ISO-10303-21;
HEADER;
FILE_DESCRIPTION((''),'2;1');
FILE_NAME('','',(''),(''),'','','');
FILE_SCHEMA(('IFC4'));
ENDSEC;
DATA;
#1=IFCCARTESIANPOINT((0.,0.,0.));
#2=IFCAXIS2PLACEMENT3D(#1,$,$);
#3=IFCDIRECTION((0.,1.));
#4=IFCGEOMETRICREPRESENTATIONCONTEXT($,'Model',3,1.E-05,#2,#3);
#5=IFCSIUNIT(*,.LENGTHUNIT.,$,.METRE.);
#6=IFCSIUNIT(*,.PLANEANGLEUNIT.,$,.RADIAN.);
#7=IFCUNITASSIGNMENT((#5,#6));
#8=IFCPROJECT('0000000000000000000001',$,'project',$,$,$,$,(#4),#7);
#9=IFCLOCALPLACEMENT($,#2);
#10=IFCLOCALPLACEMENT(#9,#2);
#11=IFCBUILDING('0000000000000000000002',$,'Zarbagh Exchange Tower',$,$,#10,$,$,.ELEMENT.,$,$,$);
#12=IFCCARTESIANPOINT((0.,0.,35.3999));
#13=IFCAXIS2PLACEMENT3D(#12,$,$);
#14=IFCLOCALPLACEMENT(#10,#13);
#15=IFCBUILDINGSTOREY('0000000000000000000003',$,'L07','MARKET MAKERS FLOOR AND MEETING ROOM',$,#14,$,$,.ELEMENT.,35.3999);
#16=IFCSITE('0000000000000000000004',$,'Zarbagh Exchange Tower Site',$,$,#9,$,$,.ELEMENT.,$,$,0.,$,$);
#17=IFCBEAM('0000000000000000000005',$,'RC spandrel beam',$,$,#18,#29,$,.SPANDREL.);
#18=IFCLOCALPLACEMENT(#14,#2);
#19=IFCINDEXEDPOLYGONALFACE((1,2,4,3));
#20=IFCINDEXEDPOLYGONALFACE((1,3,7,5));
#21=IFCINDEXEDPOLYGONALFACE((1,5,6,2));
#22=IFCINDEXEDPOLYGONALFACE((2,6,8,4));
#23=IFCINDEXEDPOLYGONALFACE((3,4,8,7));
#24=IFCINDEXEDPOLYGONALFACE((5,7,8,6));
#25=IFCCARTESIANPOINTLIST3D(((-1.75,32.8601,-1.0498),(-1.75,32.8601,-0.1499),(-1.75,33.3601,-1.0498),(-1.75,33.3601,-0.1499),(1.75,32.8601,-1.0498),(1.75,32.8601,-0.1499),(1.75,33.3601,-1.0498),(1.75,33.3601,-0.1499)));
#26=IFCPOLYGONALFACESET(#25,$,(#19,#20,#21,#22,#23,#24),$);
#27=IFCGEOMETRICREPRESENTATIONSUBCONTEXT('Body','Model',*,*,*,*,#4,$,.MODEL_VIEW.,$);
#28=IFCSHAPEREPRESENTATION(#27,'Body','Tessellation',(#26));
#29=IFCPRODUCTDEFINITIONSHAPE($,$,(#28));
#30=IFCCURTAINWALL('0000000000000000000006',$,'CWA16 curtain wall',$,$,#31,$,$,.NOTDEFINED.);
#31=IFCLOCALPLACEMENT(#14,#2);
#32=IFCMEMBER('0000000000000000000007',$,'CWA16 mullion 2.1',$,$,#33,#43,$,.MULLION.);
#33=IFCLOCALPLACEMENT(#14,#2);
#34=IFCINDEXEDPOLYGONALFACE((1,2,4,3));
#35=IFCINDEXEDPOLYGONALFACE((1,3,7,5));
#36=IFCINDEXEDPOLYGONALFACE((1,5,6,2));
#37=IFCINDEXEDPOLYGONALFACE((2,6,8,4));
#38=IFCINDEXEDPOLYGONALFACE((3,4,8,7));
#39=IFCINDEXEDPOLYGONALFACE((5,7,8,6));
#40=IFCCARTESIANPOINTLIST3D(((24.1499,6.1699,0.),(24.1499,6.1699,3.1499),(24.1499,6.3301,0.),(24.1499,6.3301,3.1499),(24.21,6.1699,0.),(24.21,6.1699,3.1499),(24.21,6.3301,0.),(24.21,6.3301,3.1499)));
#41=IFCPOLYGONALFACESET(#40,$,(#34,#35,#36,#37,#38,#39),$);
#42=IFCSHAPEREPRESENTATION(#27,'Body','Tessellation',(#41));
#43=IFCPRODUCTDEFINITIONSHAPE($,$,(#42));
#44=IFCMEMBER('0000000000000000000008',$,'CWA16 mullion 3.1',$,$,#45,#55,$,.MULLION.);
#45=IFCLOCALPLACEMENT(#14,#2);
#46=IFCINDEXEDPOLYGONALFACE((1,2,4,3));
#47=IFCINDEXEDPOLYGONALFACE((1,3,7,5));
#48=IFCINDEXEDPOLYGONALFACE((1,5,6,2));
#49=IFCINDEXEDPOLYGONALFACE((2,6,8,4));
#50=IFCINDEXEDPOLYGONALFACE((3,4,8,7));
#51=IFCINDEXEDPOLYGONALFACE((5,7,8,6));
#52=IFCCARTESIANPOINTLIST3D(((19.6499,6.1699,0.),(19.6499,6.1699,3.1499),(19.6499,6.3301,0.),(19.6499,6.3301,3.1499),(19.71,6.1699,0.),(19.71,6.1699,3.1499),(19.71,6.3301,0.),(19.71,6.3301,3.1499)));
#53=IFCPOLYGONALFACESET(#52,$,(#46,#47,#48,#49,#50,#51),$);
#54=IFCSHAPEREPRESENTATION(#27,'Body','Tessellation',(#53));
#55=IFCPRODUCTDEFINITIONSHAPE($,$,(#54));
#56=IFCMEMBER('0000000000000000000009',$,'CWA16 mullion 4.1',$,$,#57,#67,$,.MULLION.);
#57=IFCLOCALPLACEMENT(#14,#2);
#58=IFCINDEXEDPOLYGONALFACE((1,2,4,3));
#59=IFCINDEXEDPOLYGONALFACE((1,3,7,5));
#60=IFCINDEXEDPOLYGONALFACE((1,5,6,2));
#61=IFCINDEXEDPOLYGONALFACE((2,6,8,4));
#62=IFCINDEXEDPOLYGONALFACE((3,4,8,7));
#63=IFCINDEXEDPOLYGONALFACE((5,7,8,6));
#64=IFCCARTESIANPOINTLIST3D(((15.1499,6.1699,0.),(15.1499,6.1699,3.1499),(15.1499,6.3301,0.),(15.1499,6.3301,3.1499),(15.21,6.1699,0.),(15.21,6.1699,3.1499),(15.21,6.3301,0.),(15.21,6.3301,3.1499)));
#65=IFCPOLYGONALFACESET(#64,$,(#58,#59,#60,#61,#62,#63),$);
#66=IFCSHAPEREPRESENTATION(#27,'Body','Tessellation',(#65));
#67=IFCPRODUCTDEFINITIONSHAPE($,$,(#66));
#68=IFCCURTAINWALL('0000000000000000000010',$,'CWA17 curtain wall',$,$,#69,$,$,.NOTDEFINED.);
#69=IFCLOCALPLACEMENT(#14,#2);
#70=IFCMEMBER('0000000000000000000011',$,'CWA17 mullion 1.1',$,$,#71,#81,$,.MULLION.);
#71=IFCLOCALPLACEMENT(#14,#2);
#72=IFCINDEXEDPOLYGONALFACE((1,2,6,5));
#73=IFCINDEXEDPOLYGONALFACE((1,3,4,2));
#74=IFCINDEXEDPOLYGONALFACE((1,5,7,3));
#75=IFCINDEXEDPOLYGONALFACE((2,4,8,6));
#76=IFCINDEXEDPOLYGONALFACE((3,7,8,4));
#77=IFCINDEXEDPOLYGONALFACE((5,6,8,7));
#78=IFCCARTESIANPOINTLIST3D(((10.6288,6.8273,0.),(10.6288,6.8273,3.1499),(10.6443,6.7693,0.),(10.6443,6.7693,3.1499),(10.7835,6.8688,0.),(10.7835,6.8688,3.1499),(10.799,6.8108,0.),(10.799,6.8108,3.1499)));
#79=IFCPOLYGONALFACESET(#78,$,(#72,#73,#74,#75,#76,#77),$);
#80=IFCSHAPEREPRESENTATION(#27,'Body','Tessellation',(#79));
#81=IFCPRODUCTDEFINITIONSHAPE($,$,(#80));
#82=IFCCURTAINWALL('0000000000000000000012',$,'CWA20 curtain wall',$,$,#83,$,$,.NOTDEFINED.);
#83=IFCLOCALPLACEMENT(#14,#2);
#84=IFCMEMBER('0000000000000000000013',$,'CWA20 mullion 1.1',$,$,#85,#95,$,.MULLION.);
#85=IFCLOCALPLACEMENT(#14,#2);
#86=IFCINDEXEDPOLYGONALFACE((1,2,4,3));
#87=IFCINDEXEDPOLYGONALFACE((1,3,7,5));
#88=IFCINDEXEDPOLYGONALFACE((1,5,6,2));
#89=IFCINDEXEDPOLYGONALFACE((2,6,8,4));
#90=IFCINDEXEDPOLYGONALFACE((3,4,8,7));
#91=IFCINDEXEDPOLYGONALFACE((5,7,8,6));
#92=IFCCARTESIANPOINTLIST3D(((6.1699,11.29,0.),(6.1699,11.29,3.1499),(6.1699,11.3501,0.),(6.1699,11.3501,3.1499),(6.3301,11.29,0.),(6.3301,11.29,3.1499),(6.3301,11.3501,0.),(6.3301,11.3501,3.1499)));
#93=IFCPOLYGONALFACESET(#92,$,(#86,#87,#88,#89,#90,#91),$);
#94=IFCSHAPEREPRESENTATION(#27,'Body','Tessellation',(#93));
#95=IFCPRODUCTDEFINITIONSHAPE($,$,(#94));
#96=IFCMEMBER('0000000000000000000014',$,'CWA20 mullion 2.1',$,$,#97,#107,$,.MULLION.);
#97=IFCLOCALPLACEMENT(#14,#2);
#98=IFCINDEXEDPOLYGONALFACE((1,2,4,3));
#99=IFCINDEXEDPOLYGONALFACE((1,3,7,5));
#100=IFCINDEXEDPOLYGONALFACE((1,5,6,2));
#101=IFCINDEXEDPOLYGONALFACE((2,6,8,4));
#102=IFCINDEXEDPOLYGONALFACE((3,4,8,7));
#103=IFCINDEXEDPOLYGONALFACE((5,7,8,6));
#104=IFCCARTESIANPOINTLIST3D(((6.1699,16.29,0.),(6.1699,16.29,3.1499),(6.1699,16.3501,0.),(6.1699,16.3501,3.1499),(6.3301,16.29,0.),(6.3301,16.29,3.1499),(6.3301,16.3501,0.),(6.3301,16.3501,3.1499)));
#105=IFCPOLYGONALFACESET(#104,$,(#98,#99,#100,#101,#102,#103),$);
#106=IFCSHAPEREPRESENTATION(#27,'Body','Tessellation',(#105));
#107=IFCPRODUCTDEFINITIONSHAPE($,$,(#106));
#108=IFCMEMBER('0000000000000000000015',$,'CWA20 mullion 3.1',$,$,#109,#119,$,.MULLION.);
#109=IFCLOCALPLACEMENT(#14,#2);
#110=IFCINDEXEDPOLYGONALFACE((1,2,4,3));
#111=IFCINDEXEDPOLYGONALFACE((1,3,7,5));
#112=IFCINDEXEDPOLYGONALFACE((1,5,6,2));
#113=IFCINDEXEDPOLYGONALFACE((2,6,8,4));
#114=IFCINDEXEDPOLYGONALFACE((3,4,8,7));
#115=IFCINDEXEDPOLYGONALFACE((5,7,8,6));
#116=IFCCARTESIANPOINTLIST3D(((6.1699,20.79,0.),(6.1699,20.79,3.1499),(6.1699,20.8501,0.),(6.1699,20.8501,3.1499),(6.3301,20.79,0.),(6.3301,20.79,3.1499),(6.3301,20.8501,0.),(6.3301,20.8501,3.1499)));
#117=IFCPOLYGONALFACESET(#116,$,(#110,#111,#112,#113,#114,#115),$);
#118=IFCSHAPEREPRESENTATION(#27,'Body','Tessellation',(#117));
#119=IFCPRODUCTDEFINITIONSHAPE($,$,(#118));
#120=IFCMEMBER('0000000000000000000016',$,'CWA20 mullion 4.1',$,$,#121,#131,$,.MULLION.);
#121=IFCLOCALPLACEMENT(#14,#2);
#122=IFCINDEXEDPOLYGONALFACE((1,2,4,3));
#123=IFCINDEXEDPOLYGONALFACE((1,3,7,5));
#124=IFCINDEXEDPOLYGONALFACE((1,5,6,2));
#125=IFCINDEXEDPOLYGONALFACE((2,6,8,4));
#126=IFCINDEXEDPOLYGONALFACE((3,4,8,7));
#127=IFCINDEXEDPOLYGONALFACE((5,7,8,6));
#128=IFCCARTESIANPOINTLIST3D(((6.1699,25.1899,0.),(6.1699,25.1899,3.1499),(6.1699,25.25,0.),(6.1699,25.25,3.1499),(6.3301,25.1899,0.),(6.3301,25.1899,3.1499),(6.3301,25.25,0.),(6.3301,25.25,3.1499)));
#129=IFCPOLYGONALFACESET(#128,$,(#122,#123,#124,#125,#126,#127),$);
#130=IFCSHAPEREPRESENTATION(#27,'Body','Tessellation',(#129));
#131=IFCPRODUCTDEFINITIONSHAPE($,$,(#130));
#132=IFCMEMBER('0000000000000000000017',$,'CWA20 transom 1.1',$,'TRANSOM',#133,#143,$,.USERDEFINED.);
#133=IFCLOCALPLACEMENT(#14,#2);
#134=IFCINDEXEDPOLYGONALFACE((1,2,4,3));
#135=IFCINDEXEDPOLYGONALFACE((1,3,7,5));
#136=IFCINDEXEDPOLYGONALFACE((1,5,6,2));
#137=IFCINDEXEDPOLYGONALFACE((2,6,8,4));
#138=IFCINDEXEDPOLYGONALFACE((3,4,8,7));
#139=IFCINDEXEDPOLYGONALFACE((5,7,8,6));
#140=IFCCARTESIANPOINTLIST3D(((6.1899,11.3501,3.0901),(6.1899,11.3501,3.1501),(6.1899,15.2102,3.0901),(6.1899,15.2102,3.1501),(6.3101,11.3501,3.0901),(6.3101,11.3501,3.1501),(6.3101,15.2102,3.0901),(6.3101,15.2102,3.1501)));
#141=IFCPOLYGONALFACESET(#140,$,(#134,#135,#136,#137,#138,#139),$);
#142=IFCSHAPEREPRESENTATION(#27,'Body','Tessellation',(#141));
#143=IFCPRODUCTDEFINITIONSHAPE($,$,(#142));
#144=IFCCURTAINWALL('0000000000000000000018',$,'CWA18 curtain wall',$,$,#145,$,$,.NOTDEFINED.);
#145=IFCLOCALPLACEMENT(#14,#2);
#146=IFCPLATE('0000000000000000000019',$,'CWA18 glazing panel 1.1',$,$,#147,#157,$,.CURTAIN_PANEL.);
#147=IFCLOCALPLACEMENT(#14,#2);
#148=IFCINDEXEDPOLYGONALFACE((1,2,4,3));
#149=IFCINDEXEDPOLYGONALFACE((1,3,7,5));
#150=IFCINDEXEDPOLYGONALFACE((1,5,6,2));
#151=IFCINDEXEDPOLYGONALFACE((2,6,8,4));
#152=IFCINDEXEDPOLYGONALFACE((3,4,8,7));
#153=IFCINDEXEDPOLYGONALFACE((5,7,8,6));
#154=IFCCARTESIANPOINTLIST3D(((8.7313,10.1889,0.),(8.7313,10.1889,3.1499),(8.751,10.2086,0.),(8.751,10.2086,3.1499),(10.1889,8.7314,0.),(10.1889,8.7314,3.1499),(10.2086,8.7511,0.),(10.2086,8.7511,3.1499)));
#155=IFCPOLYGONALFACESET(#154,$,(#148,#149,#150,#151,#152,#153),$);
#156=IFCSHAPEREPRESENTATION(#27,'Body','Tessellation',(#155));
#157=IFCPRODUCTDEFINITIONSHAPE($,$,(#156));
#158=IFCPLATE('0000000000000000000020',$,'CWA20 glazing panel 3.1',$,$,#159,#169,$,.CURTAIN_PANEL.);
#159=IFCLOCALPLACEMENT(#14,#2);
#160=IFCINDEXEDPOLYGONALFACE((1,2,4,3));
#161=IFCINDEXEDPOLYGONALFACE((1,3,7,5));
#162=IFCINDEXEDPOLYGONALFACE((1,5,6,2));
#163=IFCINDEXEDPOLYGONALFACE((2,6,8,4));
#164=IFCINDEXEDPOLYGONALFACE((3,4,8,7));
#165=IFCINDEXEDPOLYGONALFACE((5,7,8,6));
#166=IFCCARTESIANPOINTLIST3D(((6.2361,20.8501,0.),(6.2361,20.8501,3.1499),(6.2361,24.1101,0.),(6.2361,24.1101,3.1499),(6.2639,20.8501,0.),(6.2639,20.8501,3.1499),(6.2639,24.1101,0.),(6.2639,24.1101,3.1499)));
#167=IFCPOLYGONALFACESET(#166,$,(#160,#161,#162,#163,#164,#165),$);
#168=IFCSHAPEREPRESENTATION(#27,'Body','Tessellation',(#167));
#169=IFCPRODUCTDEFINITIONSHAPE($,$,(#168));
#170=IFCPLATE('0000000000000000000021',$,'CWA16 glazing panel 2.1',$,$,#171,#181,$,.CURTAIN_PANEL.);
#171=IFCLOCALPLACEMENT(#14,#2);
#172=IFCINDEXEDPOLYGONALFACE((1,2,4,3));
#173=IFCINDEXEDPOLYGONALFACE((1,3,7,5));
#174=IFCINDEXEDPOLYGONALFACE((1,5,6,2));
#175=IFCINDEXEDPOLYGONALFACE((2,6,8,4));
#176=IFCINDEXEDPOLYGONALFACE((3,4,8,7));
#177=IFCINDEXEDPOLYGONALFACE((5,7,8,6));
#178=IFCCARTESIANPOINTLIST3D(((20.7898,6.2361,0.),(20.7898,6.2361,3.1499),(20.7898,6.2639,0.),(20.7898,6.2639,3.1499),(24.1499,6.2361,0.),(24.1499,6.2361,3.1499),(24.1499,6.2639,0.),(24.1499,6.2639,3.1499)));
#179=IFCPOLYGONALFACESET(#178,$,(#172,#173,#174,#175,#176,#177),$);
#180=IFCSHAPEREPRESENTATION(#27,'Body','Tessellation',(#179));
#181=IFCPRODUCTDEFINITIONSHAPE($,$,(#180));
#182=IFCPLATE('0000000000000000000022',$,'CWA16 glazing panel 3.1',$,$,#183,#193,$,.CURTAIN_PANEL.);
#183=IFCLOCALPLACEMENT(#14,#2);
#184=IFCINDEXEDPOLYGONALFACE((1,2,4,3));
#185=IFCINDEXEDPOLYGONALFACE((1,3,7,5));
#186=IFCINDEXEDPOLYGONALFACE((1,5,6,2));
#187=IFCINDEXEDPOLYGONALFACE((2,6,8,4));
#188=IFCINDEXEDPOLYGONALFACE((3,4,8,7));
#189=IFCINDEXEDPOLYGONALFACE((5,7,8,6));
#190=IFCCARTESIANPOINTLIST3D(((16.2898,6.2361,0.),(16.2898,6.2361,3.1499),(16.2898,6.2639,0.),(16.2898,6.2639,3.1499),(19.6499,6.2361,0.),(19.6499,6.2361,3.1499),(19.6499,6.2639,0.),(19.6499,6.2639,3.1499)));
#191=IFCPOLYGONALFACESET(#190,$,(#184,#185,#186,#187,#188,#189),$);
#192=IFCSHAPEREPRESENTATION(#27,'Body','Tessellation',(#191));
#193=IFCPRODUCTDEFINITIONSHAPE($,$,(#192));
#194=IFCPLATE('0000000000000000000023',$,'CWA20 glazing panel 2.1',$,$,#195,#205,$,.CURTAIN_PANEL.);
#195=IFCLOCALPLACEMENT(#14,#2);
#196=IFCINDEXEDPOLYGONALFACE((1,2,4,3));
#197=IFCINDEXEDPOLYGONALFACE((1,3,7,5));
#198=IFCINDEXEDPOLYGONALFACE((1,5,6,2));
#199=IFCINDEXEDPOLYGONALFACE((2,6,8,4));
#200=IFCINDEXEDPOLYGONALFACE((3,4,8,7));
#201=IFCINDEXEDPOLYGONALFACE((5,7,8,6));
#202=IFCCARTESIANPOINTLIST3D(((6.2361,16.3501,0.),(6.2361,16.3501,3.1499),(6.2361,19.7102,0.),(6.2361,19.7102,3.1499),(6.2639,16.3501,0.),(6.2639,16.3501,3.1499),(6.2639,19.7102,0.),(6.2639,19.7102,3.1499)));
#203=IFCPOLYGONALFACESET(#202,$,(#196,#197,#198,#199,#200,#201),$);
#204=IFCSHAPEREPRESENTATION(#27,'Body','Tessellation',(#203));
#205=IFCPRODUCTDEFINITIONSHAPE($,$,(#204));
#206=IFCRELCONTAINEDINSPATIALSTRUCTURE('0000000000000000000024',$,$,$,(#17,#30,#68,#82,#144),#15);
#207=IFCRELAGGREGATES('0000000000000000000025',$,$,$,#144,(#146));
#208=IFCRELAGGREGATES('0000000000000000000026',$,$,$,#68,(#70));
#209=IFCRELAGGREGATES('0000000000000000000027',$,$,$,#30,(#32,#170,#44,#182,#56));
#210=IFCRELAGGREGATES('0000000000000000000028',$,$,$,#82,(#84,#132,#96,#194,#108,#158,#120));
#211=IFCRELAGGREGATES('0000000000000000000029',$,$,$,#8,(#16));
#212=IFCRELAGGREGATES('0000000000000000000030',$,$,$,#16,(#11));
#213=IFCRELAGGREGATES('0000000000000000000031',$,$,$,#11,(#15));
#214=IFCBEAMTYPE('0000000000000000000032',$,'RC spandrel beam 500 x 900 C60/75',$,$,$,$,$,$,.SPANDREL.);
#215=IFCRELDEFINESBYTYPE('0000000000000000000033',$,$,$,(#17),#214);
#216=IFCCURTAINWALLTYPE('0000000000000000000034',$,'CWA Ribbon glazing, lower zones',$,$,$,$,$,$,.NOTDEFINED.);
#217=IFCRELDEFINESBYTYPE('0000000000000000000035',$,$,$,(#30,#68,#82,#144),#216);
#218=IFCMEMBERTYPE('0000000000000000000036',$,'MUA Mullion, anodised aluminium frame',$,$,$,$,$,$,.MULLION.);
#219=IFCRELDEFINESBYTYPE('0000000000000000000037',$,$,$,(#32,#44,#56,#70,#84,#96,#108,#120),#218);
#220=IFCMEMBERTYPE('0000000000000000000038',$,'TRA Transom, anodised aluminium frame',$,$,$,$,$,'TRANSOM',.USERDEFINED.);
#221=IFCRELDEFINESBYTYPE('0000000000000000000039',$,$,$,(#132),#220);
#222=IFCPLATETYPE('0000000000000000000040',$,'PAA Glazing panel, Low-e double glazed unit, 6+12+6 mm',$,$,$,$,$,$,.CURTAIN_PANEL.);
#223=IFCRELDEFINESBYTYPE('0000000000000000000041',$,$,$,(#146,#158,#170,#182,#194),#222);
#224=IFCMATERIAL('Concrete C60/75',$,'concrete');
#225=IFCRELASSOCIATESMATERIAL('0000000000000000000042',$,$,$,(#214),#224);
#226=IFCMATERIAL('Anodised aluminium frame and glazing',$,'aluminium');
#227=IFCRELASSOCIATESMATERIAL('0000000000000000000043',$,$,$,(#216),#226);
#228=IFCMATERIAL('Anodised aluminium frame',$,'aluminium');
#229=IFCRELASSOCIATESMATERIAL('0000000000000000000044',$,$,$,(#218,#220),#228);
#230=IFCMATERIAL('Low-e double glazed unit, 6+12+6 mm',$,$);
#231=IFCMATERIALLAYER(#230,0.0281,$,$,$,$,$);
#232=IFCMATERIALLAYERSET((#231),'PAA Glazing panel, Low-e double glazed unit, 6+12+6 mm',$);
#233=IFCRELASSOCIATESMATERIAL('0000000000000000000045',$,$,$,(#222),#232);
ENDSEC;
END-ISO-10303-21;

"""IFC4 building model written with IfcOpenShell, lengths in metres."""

from ifc_helpers import new_model, si_unit, direction, frame, origin, origin_2d, place, context, subcontext, project, spatial, polyline, rectangle, outline, extrude, source, transform, mapped, material, layer, layer_set, material_profile, profile_set, type_object, element, aggregate, save


model = new_model("IFC4")

# Units and contexts
model_context = context("Model", 3, precision=1e-05, world=origin(), true_north=direction((0.0, 1.0)))
body_context = subcontext(model_context, "Body", "Model", "MODEL_VIEW")
ifc_project = project(units=[si_unit("LENGTHUNIT", "METRE"), si_unit("PLANEANGLEUNIT", "RADIAN")], contexts=[model_context])

# Site, building, storey
site_placement = place(None, origin())
site = spatial("IfcSite", under=ifc_project, at=site_placement, Name="Zarbagh Exchange Tower Site", CompositionType="ELEMENT", RefElevation=0.0)
building_placement = place(site_placement, origin())
building = spatial("IfcBuilding", under=site, at=building_placement, Name="Zarbagh Exchange Tower", CompositionType="ELEMENT")
storey_placement = place(building_placement, frame((0.0, 0.0, 35.3999)))
storey = spatial("IfcBuildingStorey", under=building, at=storey_placement, Name="L07", Description="MARKET MAKERS FLOOR AND MEETING ROOM", CompositionType="ELEMENT", Elevation=35.3999)

# Beam
ifc_material_1 = material(Name="Concrete C60/75", Category="concrete")
ifc_material_profile = material_profile(ifc_material_1, rectangle(XDim=0.5, YDim=0.8999, at=origin_2d()), Name="RC spandrel beam 500 x 900 C60/75")
ifc_profile_set = profile_set([ifc_material_profile], Name="Concrete C60/75")
beam_type = type_object("IfcBeamType", Name="RC spandrel beam 500 x 900 C60/75", PredefinedType="SPANDREL", material=ifc_profile_set)
beam_placement = place(storey_placement, frame((-1.75, 33.1101, -0.5999), z_axis=(1.0, 0.0, 0.0), x_axis=(0.0, 1.0, 0.0)))
element("IfcBeam", 1, at=beam_placement, inside=storey, type_object=beam_type, Name="RC spandrel beam", PredefinedType="SPANDREL", context=body_context, shape_type="SweptSolid", body=[
    extrude(rectangle(XDim=0.5, YDim=0.8999, at=origin_2d()), origin(), (0.0, 0.0, 1.0), 3.5),
])

# Curtain wall, members
ifc_material_2 = material(Name="Anodised aluminium frame and glazing", Category="aluminium")
curtain_wall_type = type_object("IfcCurtainWallType", Name="CWA Ribbon glazing, lower zones", PredefinedType="NOTDEFINED", material=ifc_material_2)
curtain_wall_1_placement = place(storey_placement, origin())
curtain_wall_1 = element("IfcCurtainWall", 2, at=curtain_wall_1_placement, inside=storey, type_object=curtain_wall_type, Name="CWA16 curtain wall", PredefinedType="NOTDEFINED")
ifc_material_3 = material(Name="Anodised aluminium frame", Category="aluminium")
member_type_1 = type_object("IfcMemberType", Name="MUA Mullion, anodised aluminium frame", PredefinedType="MULLION", material=ifc_material_3)
shared_shape_1 = source(origin(), body_context, "Body", "SweptSolid", [
    extrude(outline(polyline([(0.0, -0.0801), (0.0601, -0.0801), (0.0601, 0.0801), (0.0, 0.0801), (0.0, -0.0801)])), origin(), (0.0, 0.0, 1.0), 3.1499),
])
placement = place(storey_placement, origin())
member_1 = element("IfcMember", 3, at=placement, type_object=member_type_1, Name="CWA16 mullion 2.1", PredefinedType="MULLION", context=body_context, shape_type="MappedRepresentation", body=[
    mapped(shared_shape_1, transform((24.21, 6.25, 0.0), x_axis=(-1.0, 0.0, 0.0), y_axis=(0.0, -1.0, 0.0), z_axis=(0.0, 0.0, 1.0))),
])
member_2 = element("IfcMember", 4, at=placement, type_object=member_type_1, Name="CWA16 mullion 3.1", PredefinedType="MULLION", context=body_context, shape_type="MappedRepresentation", body=[
    mapped(shared_shape_1, transform((19.71, 6.25, 0.0), x_axis=(-1.0, 0.0, 0.0), y_axis=(0.0, -1.0, 0.0), z_axis=(0.0, 0.0, 1.0))),
])
member_3 = element("IfcMember", 5, at=placement, type_object=member_type_1, Name="CWA16 mullion 4.1", PredefinedType="MULLION", context=body_context, shape_type="MappedRepresentation", body=[
    mapped(shared_shape_1, transform((15.21, 6.25, 0.0), x_axis=(-1.0, 0.0, 0.0), y_axis=(0.0, -1.0, 0.0), z_axis=(0.0, 0.0, 1.0))),
])

# Curtain wall, member
curtain_wall_2_placement = place(storey_placement, origin())
curtain_wall_2 = element("IfcCurtainWall", 6, at=curtain_wall_2_placement, inside=storey, type_object=curtain_wall_type, Name="CWA17 curtain wall", PredefinedType="NOTDEFINED")
member_4 = element("IfcMember", 7, at=placement, type_object=member_type_1, Name="CWA17 mullion 1.1", PredefinedType="MULLION", context=body_context, shape_type="MappedRepresentation", body=[
    mapped(shared_shape_1, transform((10.7217, 6.79, 0.0), x_axis=(-0.258825, 0.965924, 0.0), y_axis=(-0.965924, -0.258825, 0.0), z_axis=(0.0, 0.0, 1.0))),
])

# Curtain wall, members
curtain_wall_3_placement = place(storey_placement, origin())
curtain_wall_3 = element("IfcCurtainWall", 8, at=curtain_wall_3_placement, inside=storey, type_object=curtain_wall_type, Name="CWA20 curtain wall", PredefinedType="NOTDEFINED")
member_5 = element("IfcMember", 9, at=placement, type_object=member_type_1, Name="CWA20 mullion 1.1", PredefinedType="MULLION", context=body_context, shape_type="MappedRepresentation", body=[
    mapped(shared_shape_1, transform((6.25, 11.29, 0.0), x_axis=(0.0, 1.0, 0.0), y_axis=(-1.0, 0.0, 0.0), z_axis=(0.0, 0.0, 1.0))),
])
member_6 = element("IfcMember", 10, at=placement, type_object=member_type_1, Name="CWA20 mullion 2.1", PredefinedType="MULLION", context=body_context, shape_type="MappedRepresentation", body=[
    mapped(shared_shape_1, transform((6.25, 16.29, 0.0), x_axis=(0.0, 1.0, 0.0), y_axis=(-1.0, 0.0, 0.0), z_axis=(0.0, 0.0, 1.0))),
])
member_7 = element("IfcMember", 11, at=placement, type_object=member_type_1, Name="CWA20 mullion 3.1", PredefinedType="MULLION", context=body_context, shape_type="MappedRepresentation", body=[
    mapped(shared_shape_1, transform((6.25, 20.79, 0.0), x_axis=(0.0, 1.0, 0.0), y_axis=(-1.0, 0.0, 0.0), z_axis=(0.0, 0.0, 1.0))),
])
member_8 = element("IfcMember", 12, at=placement, type_object=member_type_1, Name="CWA20 mullion 4.1", PredefinedType="MULLION", context=body_context, shape_type="MappedRepresentation", body=[
    mapped(shared_shape_1, transform((6.25, 25.1899, 0.0), x_axis=(0.0, 1.0, 0.0), y_axis=(-1.0, 0.0, 0.0), z_axis=(0.0, 0.0, 1.0))),
])
member_type_2 = type_object("IfcMemberType", Name="TRA Transom, anodised aluminium frame", ElementType="TRANSOM", PredefinedType="USERDEFINED", material=ifc_material_3)
shared_shape_2 = source(origin(), body_context, "Body", "SweptSolid", [
    extrude(outline(polyline([(-0.0601, -0.0601), (0.0, -0.0601), (0.0, 0.0601), (-0.0601, 0.0601), (-0.0601, -0.0601)])), origin(), (0.0, 0.0, 1.0), 3.8601),
])
member_9 = element("IfcMember", 13, at=placement, type_object=member_type_2, Name="CWA20 transom 1.1", ObjectType="TRANSOM", PredefinedType="USERDEFINED", context=body_context, shape_type="MappedRepresentation", body=[
    mapped(shared_shape_2, transform((6.25, 11.3501, 3.1501), x_axis=(0.0, 0.0, 1.0), y_axis=(1.0, 0.0, 0.0), z_axis=(0.0, 1.0, 0.0))),
])

# Curtain wall, plate
curtain_wall_4_placement = place(storey_placement, origin())
curtain_wall_4 = element("IfcCurtainWall", 14, at=curtain_wall_4_placement, inside=storey, type_object=curtain_wall_type, Name="CWA18 curtain wall", PredefinedType="NOTDEFINED")
ifc_material_4 = material(Name="Low-e double glazed unit, 6+12+6 mm")
ifc_layer_1 = layer(ifc_material_4, 0.0281)
ifc_layer_set_1 = layer_set([ifc_layer_1], Name="PAA Glazing panel, Low-e double glazed unit, 6+12+6 mm")
plate_type = type_object("IfcPlateType", Name="PAA Glazing panel, Low-e double glazed unit, 6+12+6 mm", PredefinedType="CURTAIN_PANEL", material=ifc_layer_set_1)
shared_shape_3 = source(origin(), body_context, "Body", "SweptSolid", [
    extrude(outline(polyline([(0.0, -0.0139), (2.0613, -0.0139), (2.0613, 0.0139), (0.0, 0.0139), (0.0, -0.0139)])), origin(), (0.0, 0.0, 1.0), 3.1499),
])
plate_1 = element("IfcPlate", 15, at=placement, type_object=plate_type, Name="CWA18 glazing panel 1.1", PredefinedType="CURTAIN_PANEL", context=body_context, shape_type="MappedRepresentation", body=[
    mapped(shared_shape_3, transform((10.1987, 8.7412, 0.0), x_axis=(-0.707107, 0.707107, 0.0), y_axis=(-0.707107, -0.707107, 0.0), z_axis=(0.0, 0.0, 1.0))),
])
aggregate(curtain_wall_4, [plate_1])

# Plates
shared_shape_4 = source(origin(), body_context, "Body", "SweptSolid", [
    extrude(outline(polyline([(0.0, -0.0139), (3.26, -0.0139), (3.26, 0.0139), (0.0, 0.0139), (0.0, -0.0139)])), origin(), (0.0, 0.0, 1.0), 3.1499),
])
plate_2 = element("IfcPlate", 16, at=placement, type_object=plate_type, Name="CWA20 glazing panel 3.1", PredefinedType="CURTAIN_PANEL", context=body_context, shape_type="MappedRepresentation", body=[
    mapped(shared_shape_4, transform((6.25, 20.8501, 0.0), x_axis=(0.0, 1.0, 0.0), y_axis=(-1.0, 0.0, 0.0), z_axis=(0.0, 0.0, 1.0))),
])
shared_shape_5 = source(origin(), body_context, "Body", "SweptSolid", [
    extrude(outline(polyline([(0.0, -0.0139), (3.3601, -0.0139), (3.3601, 0.0139), (0.0, 0.0139), (0.0, -0.0139)])), origin(), (0.0, 0.0, 1.0), 3.1499),
])
plate_3 = element("IfcPlate", 17, at=placement, type_object=plate_type, Name="CWA16 glazing panel 2.1", PredefinedType="CURTAIN_PANEL", context=body_context, shape_type="MappedRepresentation", body=[
    mapped(shared_shape_5, transform((24.1499, 6.25, 0.0), x_axis=(-1.0, 0.0, 0.0), y_axis=(0.0, -1.0, 0.0), z_axis=(0.0, 0.0, 1.0))),
])
plate_4 = element("IfcPlate", 18, at=placement, type_object=plate_type, Name="CWA16 glazing panel 3.1", PredefinedType="CURTAIN_PANEL", context=body_context, shape_type="MappedRepresentation", body=[
    mapped(shared_shape_5, transform((19.6499, 6.25, 0.0), x_axis=(-1.0, 0.0, 0.0), y_axis=(0.0, -1.0, 0.0), z_axis=(0.0, 0.0, 1.0))),
])
plate_5 = element("IfcPlate", 19, at=placement, type_object=plate_type, Name="CWA20 glazing panel 2.1", PredefinedType="CURTAIN_PANEL", context=body_context, shape_type="MappedRepresentation", body=[
    mapped(shared_shape_5, transform((6.25, 16.3501, 0.0), x_axis=(0.0, 1.0, 0.0), y_axis=(-1.0, 0.0, 0.0), z_axis=(0.0, 0.0, 1.0))),
])
aggregate(curtain_wall_2, [member_4])

aggregate(curtain_wall_1, [member_1, plate_3, member_2, plate_4, member_3])
aggregate(curtain_wall_3, [member_5, member_9, member_6, plate_5, member_7, plate_2, member_8])

save(model, "model.ifc")
